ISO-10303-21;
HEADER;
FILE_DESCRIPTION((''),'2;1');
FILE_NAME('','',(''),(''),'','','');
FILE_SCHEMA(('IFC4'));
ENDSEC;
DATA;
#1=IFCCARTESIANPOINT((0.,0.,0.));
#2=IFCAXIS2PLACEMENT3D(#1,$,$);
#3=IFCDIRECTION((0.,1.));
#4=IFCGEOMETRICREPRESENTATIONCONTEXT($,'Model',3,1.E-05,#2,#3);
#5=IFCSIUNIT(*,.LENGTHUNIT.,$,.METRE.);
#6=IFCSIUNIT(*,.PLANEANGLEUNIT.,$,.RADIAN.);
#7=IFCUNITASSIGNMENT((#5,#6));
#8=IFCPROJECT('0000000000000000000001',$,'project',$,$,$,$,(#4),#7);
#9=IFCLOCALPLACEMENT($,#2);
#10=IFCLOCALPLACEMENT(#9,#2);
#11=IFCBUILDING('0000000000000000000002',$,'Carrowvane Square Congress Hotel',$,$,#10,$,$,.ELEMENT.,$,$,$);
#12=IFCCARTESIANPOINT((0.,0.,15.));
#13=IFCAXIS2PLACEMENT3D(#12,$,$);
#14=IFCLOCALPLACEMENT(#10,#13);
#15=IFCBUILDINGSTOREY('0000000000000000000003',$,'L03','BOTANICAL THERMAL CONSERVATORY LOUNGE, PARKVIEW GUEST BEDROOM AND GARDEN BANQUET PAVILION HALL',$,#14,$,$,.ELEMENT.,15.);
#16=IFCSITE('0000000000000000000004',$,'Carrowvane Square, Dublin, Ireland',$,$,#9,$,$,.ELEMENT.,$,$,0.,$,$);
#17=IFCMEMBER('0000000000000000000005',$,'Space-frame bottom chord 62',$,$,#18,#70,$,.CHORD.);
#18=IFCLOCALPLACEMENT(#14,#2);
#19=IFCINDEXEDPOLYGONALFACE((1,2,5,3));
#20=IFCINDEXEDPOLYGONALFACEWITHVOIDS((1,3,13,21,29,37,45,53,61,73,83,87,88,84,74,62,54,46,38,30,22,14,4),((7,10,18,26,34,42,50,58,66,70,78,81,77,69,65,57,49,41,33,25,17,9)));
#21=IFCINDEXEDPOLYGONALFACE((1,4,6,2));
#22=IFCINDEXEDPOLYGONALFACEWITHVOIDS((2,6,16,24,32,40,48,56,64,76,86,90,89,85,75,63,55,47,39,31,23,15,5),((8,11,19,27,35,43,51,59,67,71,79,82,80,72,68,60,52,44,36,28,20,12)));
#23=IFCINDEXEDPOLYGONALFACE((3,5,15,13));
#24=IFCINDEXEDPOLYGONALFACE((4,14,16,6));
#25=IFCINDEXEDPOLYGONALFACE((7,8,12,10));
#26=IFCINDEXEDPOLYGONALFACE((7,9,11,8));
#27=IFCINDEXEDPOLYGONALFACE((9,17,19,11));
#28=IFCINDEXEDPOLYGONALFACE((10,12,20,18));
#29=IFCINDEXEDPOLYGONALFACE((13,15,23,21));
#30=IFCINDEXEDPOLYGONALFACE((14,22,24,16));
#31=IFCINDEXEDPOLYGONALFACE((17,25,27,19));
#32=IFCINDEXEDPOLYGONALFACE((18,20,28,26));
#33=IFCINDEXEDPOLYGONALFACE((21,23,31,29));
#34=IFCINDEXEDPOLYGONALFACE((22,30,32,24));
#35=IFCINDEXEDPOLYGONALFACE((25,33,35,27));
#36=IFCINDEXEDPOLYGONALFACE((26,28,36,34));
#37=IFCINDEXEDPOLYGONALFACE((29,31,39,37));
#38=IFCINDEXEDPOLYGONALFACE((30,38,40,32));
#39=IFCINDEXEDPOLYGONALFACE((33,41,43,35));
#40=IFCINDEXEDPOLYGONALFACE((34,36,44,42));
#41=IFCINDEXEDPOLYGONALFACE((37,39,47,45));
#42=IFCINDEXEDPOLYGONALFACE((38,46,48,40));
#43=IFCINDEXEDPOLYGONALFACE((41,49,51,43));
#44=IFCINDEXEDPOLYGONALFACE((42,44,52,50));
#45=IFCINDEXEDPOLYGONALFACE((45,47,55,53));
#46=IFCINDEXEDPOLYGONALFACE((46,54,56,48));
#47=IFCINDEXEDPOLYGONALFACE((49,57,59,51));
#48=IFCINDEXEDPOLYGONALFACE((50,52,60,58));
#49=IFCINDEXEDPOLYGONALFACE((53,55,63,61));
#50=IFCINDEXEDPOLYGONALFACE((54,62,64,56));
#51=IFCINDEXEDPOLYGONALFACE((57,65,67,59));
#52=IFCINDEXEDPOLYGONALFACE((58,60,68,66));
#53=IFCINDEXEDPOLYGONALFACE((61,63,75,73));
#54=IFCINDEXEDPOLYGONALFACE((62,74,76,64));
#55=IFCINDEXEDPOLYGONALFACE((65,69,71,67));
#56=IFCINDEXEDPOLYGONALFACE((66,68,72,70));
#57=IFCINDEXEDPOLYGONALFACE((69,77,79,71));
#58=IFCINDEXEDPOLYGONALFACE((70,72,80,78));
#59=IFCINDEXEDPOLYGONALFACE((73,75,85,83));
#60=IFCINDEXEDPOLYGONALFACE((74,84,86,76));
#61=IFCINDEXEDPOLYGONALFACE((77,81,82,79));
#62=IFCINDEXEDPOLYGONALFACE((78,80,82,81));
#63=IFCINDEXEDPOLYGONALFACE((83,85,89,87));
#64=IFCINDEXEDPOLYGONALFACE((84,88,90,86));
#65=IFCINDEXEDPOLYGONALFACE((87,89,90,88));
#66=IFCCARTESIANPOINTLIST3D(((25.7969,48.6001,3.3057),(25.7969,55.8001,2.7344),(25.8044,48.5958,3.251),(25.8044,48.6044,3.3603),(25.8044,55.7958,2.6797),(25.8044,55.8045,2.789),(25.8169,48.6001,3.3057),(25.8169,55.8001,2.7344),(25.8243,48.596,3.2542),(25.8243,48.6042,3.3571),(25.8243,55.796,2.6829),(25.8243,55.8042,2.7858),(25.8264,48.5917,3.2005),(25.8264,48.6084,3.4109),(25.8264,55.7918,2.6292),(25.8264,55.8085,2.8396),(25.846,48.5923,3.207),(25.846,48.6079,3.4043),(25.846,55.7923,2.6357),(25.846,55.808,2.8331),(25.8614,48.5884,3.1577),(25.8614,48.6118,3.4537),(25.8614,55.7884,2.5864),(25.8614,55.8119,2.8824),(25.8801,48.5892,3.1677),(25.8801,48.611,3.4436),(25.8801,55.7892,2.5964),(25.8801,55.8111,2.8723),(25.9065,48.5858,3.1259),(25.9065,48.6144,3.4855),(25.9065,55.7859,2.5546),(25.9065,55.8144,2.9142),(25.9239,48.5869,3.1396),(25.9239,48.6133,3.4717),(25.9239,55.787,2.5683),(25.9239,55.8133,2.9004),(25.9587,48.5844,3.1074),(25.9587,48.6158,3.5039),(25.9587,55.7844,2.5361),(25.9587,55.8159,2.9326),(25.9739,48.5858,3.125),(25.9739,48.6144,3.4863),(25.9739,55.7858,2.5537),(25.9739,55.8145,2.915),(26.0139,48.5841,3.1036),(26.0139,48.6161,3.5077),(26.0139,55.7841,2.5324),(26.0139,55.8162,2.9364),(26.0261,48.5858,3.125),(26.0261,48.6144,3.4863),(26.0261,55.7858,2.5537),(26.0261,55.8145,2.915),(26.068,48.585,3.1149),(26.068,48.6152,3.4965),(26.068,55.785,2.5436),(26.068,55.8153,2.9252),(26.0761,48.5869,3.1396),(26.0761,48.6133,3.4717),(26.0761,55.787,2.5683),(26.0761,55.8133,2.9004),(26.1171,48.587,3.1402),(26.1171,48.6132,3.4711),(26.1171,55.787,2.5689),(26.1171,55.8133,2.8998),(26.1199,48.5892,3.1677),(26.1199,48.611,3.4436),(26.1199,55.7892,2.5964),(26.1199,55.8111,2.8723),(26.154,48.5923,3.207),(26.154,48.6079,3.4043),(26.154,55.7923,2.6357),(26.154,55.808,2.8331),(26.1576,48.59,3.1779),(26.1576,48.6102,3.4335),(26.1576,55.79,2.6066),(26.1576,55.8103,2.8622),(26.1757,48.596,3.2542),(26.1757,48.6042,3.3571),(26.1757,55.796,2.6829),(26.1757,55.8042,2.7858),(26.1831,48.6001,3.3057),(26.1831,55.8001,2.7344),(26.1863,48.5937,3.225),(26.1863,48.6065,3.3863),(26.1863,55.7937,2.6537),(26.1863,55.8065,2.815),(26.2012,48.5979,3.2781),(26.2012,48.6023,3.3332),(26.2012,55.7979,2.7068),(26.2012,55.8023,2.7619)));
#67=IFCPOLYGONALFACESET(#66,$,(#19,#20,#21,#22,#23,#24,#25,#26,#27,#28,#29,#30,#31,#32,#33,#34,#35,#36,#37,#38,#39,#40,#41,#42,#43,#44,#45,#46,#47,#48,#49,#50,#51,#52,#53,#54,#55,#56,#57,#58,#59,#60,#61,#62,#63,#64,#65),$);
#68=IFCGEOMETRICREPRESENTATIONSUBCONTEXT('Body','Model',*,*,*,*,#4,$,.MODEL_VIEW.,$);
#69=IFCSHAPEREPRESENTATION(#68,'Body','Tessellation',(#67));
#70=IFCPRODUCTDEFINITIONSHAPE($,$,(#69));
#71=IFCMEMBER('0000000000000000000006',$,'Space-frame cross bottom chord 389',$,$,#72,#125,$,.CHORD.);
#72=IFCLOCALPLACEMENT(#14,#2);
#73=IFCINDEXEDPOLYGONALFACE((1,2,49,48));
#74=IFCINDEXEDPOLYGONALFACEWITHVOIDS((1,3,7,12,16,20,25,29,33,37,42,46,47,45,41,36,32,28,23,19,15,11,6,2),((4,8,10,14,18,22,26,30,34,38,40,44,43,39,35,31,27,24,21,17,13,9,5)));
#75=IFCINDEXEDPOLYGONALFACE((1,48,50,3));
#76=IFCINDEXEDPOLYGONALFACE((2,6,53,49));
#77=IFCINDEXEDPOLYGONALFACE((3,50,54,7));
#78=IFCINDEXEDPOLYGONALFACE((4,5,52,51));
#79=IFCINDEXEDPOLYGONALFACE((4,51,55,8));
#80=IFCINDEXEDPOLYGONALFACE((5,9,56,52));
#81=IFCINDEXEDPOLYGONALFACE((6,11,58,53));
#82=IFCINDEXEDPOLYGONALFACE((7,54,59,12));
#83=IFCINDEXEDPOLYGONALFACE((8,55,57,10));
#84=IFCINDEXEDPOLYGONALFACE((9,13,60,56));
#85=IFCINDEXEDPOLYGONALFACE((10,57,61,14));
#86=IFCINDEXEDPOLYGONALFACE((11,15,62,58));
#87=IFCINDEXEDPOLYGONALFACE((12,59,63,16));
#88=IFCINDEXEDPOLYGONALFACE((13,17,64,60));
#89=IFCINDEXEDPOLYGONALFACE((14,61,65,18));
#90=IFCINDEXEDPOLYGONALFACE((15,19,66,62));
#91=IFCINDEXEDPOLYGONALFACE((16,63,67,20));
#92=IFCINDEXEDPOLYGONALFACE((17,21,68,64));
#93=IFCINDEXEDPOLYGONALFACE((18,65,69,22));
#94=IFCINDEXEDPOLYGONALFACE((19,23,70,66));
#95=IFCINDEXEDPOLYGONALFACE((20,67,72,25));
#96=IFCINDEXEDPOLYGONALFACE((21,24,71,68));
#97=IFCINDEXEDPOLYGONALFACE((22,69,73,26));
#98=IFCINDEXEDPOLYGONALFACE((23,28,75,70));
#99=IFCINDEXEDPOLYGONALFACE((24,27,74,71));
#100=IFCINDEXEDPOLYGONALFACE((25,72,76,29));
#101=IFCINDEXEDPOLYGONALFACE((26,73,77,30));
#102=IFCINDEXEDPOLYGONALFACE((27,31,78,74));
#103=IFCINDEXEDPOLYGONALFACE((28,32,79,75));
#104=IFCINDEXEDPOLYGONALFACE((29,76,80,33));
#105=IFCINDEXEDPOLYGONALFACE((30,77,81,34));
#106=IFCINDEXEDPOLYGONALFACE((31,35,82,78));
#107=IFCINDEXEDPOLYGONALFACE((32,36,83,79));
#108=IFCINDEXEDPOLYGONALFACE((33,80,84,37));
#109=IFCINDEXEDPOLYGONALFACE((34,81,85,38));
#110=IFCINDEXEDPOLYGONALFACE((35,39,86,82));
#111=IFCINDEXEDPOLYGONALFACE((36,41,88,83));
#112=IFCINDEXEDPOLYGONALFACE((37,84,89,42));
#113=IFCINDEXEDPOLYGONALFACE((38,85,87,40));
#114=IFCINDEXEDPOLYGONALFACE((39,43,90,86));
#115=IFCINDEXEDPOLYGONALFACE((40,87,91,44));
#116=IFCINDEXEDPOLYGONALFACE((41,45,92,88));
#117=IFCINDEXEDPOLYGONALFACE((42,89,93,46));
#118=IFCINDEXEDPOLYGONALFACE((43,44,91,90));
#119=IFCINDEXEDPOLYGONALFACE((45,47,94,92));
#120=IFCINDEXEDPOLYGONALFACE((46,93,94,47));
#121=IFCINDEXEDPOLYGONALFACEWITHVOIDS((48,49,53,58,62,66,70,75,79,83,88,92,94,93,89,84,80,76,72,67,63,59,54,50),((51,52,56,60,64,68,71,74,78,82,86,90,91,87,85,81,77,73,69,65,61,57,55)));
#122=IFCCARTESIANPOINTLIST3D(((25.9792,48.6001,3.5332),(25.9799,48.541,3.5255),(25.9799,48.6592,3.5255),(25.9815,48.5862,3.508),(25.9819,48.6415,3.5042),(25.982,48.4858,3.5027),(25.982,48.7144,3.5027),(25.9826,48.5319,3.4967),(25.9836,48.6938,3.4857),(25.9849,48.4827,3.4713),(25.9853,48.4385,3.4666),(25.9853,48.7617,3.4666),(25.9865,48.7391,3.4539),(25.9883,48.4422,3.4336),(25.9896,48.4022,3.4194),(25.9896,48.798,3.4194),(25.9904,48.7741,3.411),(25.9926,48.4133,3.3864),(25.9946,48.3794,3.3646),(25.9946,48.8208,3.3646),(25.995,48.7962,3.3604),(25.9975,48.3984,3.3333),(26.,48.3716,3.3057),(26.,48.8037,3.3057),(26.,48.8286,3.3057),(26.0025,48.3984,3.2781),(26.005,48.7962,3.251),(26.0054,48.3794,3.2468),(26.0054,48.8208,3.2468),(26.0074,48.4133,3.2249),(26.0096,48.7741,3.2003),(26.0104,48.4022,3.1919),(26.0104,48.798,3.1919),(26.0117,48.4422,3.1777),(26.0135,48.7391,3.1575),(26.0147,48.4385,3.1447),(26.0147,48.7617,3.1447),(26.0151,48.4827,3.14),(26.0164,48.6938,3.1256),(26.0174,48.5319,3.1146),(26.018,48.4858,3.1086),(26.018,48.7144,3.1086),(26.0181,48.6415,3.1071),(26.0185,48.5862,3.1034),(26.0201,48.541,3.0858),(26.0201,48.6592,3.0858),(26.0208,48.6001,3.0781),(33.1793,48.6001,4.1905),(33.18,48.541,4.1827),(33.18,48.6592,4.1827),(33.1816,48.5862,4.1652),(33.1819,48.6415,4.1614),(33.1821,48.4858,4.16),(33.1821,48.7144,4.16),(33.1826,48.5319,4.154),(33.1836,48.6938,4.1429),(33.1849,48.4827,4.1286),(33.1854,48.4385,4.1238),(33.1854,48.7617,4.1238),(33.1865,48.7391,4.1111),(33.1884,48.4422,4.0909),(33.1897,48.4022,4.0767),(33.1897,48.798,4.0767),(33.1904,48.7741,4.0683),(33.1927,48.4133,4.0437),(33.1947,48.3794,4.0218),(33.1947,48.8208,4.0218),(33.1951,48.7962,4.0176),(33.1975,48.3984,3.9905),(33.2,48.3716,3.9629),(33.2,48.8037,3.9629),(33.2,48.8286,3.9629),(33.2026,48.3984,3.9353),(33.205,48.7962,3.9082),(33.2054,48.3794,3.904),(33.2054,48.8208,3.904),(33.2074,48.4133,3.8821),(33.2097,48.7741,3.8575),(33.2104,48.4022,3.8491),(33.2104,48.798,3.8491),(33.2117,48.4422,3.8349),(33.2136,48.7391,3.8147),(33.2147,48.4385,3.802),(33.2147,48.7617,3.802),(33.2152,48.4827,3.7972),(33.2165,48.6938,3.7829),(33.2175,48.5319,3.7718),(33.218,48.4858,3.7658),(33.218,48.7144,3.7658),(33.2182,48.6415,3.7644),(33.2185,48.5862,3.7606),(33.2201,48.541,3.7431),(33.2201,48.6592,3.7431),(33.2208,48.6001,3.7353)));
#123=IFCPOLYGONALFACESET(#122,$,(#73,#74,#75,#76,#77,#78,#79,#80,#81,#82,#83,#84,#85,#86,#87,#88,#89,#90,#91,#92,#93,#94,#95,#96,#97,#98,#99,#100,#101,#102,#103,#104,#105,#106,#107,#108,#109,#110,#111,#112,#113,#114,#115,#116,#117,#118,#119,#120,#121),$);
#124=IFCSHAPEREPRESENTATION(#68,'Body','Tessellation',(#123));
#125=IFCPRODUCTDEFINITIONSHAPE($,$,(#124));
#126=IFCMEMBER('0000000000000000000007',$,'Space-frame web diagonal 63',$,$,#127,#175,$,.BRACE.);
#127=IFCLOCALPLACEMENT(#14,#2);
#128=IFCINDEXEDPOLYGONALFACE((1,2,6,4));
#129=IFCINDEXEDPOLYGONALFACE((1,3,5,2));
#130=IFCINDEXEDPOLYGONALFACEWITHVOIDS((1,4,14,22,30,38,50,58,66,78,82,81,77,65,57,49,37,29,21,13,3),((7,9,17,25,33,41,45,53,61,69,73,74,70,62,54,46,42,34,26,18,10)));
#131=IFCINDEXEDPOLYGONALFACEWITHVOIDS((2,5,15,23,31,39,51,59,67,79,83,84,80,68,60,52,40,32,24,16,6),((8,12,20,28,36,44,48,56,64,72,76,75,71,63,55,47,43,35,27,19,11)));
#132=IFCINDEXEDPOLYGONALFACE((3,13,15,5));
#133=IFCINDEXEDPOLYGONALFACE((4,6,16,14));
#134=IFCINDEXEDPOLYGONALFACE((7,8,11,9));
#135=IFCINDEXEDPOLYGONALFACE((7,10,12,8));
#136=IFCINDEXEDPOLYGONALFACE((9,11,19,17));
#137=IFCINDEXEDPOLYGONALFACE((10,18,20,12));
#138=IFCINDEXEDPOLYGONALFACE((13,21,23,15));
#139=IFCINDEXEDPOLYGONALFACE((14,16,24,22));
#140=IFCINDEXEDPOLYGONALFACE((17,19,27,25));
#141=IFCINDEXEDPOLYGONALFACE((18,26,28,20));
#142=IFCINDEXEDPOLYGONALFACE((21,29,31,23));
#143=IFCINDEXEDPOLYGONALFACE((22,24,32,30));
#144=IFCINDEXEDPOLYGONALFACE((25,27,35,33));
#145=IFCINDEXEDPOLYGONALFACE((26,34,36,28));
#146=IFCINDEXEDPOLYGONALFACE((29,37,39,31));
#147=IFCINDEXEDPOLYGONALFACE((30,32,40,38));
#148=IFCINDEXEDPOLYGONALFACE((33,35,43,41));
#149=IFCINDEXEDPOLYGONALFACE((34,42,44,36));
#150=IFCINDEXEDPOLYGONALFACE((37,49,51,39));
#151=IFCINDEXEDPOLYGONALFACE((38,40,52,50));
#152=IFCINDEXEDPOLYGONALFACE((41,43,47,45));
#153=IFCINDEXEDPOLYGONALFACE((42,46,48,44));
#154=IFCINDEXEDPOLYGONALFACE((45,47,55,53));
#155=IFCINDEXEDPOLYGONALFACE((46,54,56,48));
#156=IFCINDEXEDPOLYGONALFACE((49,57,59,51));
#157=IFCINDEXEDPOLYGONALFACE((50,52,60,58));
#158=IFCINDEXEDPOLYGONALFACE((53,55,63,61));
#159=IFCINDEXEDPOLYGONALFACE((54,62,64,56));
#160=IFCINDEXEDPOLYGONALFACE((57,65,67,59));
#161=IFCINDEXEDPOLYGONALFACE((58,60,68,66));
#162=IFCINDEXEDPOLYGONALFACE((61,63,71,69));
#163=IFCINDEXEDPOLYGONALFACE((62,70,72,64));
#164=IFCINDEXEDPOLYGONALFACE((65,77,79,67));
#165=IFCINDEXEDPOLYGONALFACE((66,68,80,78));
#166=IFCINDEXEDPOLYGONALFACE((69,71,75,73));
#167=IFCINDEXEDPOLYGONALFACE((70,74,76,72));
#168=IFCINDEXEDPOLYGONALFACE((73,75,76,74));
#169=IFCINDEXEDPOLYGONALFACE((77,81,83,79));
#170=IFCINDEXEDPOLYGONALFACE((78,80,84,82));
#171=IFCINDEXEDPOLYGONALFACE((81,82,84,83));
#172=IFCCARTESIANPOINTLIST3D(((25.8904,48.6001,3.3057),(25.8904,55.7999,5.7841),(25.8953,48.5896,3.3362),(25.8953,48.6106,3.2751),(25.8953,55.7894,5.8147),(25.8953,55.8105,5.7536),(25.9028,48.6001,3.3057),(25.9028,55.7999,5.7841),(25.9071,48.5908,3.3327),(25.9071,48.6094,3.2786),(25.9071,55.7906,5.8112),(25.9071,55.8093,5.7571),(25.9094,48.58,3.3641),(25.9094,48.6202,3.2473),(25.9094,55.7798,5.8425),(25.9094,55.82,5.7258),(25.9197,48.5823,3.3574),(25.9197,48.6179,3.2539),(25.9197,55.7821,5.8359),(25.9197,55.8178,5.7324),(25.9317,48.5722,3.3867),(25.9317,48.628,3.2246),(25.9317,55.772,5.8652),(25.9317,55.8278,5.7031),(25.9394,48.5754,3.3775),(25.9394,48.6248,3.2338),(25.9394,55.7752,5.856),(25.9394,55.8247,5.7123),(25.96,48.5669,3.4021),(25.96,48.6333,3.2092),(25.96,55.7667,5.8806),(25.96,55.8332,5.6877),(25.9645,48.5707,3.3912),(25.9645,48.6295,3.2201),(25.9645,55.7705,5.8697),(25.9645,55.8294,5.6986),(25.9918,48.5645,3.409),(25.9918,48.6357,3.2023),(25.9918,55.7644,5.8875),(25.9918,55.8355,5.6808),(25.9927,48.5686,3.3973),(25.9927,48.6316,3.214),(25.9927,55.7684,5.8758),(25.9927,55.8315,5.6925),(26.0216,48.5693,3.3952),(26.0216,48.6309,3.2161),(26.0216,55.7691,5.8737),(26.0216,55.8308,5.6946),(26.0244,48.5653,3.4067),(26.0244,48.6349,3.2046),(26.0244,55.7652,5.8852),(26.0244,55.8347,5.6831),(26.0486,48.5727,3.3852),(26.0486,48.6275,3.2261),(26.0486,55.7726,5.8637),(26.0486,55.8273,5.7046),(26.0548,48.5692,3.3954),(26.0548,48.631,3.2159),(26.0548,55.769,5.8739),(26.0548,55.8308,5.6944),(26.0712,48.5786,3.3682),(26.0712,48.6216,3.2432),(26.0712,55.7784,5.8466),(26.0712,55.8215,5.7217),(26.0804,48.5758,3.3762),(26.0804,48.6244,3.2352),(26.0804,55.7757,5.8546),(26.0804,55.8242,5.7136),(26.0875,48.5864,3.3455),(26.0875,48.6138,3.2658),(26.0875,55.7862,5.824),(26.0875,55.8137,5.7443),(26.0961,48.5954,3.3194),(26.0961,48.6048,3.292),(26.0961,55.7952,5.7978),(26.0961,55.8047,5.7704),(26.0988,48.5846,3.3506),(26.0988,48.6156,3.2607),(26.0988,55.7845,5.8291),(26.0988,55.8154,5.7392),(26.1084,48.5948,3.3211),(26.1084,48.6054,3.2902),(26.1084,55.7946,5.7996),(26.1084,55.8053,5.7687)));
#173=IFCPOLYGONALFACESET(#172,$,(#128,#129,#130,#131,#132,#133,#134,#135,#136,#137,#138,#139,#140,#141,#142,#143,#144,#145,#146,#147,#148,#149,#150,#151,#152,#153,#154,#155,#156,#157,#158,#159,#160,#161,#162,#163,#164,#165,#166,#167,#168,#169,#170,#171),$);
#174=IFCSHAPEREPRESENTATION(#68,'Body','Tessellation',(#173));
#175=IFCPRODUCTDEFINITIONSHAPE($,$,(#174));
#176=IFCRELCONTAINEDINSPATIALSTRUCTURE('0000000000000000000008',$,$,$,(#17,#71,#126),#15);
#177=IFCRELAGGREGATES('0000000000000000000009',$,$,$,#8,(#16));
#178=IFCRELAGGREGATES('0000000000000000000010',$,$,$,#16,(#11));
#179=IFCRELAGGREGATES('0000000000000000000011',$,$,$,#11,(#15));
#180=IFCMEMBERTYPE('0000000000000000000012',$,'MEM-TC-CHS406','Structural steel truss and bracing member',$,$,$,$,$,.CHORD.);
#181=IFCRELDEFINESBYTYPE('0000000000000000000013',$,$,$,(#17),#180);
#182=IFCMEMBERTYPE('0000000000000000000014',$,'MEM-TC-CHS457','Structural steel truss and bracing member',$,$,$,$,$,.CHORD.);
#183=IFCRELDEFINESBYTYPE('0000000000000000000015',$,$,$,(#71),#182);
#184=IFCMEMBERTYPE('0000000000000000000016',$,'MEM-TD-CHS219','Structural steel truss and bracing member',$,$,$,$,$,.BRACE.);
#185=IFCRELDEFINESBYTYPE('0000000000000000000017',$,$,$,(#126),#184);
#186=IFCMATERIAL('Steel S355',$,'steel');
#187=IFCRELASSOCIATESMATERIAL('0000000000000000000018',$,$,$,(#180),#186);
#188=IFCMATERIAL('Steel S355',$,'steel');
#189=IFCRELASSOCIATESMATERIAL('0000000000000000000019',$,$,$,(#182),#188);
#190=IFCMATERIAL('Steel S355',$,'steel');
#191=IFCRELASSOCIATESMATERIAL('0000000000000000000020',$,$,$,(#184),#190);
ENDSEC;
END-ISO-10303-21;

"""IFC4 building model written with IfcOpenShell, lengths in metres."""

from ifc_helpers import new_model, si_unit, direction, frame, origin, origin_2d, place, context, subcontext, project, spatial, hollow_circle, extrude, material, material_profile, profile_set, type_object, element, save


model = new_model("IFC4")

# Units and contexts
model_context = context("Model", 3, precision=1e-05, world=origin(), true_north=direction((0.0, 1.0)))
body_context = subcontext(model_context, "Body", "Model", "MODEL_VIEW")
ifc_project = project(units=[si_unit("LENGTHUNIT", "METRE"), si_unit("PLANEANGLEUNIT", "RADIAN")], contexts=[model_context])

# Site, building, storey
site_placement = place(None, origin())
site = spatial("IfcSite", under=ifc_project, at=site_placement, Name="Carrowvane Square, Dublin, Ireland", CompositionType="ELEMENT", RefElevation=0.0)
building_placement = place(site_placement, origin())
building = spatial("IfcBuilding", under=site, at=building_placement, Name="Carrowvane Square Congress Hotel", CompositionType="ELEMENT")
storey_placement = place(building_placement, frame((0.0, 0.0, 15.0)))
storey = spatial("IfcBuildingStorey", under=building, at=storey_placement, Name="L03", Description="BOTANICAL THERMAL CONSERVATORY LOUNGE, PARKVIEW GUEST BEDROOM AND GARDEN BANQUET PAVILION HALL", CompositionType="ELEMENT", Elevation=15.0)

# Members
ifc_material_1 = material(Name="Steel S355", Category="steel")
ifc_material_profile_1 = material_profile(ifc_material_1, hollow_circle(Radius=0.2031, WallThickness=0.02, at=origin_2d()), Name="CHS 406.4x20")
ifc_profile_set_1 = profile_set([ifc_material_profile_1], Name="Steel S355")
member_type_1 = type_object("IfcMemberType", Name="MEM-TC-CHS406", Description="Structural steel truss and bracing member", PredefinedType="CHORD", material=ifc_profile_set_1)
member_1_placement = place(storey_placement, frame((26.0, 48.6001, 3.3057), z_axis=(0.0, 0.996867, -0.079098), x_axis=(-1.0, 0.0, 0.0)))
element("IfcMember", 1, at=member_1_placement, inside=storey, type_object=member_type_1, Name="Space-frame bottom chord 62", PredefinedType="CHORD", context=body_context, shape_type="SweptSolid", body=[
    extrude(hollow_circle(Radius=0.2031, WallThickness=0.02, at=origin_2d()), origin(), (0.0, 0.0, 1.0), 7.2227),
])
ifc_material_2 = material(Name="Steel S355", Category="steel")
ifc_material_profile_2 = material_profile(ifc_material_2, hollow_circle(Radius=0.2285, WallThickness=0.0249, at=origin_2d()), Name="CHS 457.0x25")
ifc_profile_set_2 = profile_set([ifc_material_profile_2], Name="Steel S355")
member_type_2 = type_object("IfcMemberType", Name="MEM-TC-CHS457", Description="Structural steel truss and bracing member", PredefinedType="CHORD", material=ifc_profile_set_2)
member_2_placement = place(storey_placement, frame((26.0, 48.6001, 3.3057), z_axis=(0.99586, 0.0, 0.090904), x_axis=(0.0, 1.0, 0.0)))
element("IfcMember", 2, at=member_2_placement, inside=storey, type_object=member_type_2, Name="Space-frame cross bottom chord 389", PredefinedType="CHORD", context=body_context, shape_type="SweptSolid", body=[
    extrude(hollow_circle(Radius=0.2285, WallThickness=0.0249, at=origin_2d()), origin(), (0.0, 0.0, 1.0), 7.23),
])
ifc_material_3 = material(Name="Steel S355", Category="steel")
ifc_material_profile_3 = material_profile(ifc_material_3, hollow_circle(Radius=0.1096, WallThickness=0.0125, at=origin_2d()), Name="CHS 219.1x12.5")
ifc_profile_set_3 = profile_set([ifc_material_profile_3], Name="Steel S355")
member_type_3 = type_object("IfcMemberType", Name="MEM-TD-CHS219", Description="Structural steel truss and bracing member", PredefinedType="BRACE", material=ifc_profile_set_3)
member_3_placement = place(storey_placement, frame((26.0, 48.6001, 3.3057), z_axis=(0.0, 0.945544, 0.325495), x_axis=(-1.0, 0.0, 0.0)))
element("IfcMember", 3, at=member_3_placement, inside=storey, type_object=member_type_3, Name="Space-frame web diagonal 63", PredefinedType="BRACE", context=body_context, shape_type="SweptSolid", body=[
    extrude(hollow_circle(Radius=0.1096, WallThickness=0.0125, at=origin_2d()), origin(), (0.0, 0.0, 1.0), 7.6145),
])

save(model, "model.ifc")
